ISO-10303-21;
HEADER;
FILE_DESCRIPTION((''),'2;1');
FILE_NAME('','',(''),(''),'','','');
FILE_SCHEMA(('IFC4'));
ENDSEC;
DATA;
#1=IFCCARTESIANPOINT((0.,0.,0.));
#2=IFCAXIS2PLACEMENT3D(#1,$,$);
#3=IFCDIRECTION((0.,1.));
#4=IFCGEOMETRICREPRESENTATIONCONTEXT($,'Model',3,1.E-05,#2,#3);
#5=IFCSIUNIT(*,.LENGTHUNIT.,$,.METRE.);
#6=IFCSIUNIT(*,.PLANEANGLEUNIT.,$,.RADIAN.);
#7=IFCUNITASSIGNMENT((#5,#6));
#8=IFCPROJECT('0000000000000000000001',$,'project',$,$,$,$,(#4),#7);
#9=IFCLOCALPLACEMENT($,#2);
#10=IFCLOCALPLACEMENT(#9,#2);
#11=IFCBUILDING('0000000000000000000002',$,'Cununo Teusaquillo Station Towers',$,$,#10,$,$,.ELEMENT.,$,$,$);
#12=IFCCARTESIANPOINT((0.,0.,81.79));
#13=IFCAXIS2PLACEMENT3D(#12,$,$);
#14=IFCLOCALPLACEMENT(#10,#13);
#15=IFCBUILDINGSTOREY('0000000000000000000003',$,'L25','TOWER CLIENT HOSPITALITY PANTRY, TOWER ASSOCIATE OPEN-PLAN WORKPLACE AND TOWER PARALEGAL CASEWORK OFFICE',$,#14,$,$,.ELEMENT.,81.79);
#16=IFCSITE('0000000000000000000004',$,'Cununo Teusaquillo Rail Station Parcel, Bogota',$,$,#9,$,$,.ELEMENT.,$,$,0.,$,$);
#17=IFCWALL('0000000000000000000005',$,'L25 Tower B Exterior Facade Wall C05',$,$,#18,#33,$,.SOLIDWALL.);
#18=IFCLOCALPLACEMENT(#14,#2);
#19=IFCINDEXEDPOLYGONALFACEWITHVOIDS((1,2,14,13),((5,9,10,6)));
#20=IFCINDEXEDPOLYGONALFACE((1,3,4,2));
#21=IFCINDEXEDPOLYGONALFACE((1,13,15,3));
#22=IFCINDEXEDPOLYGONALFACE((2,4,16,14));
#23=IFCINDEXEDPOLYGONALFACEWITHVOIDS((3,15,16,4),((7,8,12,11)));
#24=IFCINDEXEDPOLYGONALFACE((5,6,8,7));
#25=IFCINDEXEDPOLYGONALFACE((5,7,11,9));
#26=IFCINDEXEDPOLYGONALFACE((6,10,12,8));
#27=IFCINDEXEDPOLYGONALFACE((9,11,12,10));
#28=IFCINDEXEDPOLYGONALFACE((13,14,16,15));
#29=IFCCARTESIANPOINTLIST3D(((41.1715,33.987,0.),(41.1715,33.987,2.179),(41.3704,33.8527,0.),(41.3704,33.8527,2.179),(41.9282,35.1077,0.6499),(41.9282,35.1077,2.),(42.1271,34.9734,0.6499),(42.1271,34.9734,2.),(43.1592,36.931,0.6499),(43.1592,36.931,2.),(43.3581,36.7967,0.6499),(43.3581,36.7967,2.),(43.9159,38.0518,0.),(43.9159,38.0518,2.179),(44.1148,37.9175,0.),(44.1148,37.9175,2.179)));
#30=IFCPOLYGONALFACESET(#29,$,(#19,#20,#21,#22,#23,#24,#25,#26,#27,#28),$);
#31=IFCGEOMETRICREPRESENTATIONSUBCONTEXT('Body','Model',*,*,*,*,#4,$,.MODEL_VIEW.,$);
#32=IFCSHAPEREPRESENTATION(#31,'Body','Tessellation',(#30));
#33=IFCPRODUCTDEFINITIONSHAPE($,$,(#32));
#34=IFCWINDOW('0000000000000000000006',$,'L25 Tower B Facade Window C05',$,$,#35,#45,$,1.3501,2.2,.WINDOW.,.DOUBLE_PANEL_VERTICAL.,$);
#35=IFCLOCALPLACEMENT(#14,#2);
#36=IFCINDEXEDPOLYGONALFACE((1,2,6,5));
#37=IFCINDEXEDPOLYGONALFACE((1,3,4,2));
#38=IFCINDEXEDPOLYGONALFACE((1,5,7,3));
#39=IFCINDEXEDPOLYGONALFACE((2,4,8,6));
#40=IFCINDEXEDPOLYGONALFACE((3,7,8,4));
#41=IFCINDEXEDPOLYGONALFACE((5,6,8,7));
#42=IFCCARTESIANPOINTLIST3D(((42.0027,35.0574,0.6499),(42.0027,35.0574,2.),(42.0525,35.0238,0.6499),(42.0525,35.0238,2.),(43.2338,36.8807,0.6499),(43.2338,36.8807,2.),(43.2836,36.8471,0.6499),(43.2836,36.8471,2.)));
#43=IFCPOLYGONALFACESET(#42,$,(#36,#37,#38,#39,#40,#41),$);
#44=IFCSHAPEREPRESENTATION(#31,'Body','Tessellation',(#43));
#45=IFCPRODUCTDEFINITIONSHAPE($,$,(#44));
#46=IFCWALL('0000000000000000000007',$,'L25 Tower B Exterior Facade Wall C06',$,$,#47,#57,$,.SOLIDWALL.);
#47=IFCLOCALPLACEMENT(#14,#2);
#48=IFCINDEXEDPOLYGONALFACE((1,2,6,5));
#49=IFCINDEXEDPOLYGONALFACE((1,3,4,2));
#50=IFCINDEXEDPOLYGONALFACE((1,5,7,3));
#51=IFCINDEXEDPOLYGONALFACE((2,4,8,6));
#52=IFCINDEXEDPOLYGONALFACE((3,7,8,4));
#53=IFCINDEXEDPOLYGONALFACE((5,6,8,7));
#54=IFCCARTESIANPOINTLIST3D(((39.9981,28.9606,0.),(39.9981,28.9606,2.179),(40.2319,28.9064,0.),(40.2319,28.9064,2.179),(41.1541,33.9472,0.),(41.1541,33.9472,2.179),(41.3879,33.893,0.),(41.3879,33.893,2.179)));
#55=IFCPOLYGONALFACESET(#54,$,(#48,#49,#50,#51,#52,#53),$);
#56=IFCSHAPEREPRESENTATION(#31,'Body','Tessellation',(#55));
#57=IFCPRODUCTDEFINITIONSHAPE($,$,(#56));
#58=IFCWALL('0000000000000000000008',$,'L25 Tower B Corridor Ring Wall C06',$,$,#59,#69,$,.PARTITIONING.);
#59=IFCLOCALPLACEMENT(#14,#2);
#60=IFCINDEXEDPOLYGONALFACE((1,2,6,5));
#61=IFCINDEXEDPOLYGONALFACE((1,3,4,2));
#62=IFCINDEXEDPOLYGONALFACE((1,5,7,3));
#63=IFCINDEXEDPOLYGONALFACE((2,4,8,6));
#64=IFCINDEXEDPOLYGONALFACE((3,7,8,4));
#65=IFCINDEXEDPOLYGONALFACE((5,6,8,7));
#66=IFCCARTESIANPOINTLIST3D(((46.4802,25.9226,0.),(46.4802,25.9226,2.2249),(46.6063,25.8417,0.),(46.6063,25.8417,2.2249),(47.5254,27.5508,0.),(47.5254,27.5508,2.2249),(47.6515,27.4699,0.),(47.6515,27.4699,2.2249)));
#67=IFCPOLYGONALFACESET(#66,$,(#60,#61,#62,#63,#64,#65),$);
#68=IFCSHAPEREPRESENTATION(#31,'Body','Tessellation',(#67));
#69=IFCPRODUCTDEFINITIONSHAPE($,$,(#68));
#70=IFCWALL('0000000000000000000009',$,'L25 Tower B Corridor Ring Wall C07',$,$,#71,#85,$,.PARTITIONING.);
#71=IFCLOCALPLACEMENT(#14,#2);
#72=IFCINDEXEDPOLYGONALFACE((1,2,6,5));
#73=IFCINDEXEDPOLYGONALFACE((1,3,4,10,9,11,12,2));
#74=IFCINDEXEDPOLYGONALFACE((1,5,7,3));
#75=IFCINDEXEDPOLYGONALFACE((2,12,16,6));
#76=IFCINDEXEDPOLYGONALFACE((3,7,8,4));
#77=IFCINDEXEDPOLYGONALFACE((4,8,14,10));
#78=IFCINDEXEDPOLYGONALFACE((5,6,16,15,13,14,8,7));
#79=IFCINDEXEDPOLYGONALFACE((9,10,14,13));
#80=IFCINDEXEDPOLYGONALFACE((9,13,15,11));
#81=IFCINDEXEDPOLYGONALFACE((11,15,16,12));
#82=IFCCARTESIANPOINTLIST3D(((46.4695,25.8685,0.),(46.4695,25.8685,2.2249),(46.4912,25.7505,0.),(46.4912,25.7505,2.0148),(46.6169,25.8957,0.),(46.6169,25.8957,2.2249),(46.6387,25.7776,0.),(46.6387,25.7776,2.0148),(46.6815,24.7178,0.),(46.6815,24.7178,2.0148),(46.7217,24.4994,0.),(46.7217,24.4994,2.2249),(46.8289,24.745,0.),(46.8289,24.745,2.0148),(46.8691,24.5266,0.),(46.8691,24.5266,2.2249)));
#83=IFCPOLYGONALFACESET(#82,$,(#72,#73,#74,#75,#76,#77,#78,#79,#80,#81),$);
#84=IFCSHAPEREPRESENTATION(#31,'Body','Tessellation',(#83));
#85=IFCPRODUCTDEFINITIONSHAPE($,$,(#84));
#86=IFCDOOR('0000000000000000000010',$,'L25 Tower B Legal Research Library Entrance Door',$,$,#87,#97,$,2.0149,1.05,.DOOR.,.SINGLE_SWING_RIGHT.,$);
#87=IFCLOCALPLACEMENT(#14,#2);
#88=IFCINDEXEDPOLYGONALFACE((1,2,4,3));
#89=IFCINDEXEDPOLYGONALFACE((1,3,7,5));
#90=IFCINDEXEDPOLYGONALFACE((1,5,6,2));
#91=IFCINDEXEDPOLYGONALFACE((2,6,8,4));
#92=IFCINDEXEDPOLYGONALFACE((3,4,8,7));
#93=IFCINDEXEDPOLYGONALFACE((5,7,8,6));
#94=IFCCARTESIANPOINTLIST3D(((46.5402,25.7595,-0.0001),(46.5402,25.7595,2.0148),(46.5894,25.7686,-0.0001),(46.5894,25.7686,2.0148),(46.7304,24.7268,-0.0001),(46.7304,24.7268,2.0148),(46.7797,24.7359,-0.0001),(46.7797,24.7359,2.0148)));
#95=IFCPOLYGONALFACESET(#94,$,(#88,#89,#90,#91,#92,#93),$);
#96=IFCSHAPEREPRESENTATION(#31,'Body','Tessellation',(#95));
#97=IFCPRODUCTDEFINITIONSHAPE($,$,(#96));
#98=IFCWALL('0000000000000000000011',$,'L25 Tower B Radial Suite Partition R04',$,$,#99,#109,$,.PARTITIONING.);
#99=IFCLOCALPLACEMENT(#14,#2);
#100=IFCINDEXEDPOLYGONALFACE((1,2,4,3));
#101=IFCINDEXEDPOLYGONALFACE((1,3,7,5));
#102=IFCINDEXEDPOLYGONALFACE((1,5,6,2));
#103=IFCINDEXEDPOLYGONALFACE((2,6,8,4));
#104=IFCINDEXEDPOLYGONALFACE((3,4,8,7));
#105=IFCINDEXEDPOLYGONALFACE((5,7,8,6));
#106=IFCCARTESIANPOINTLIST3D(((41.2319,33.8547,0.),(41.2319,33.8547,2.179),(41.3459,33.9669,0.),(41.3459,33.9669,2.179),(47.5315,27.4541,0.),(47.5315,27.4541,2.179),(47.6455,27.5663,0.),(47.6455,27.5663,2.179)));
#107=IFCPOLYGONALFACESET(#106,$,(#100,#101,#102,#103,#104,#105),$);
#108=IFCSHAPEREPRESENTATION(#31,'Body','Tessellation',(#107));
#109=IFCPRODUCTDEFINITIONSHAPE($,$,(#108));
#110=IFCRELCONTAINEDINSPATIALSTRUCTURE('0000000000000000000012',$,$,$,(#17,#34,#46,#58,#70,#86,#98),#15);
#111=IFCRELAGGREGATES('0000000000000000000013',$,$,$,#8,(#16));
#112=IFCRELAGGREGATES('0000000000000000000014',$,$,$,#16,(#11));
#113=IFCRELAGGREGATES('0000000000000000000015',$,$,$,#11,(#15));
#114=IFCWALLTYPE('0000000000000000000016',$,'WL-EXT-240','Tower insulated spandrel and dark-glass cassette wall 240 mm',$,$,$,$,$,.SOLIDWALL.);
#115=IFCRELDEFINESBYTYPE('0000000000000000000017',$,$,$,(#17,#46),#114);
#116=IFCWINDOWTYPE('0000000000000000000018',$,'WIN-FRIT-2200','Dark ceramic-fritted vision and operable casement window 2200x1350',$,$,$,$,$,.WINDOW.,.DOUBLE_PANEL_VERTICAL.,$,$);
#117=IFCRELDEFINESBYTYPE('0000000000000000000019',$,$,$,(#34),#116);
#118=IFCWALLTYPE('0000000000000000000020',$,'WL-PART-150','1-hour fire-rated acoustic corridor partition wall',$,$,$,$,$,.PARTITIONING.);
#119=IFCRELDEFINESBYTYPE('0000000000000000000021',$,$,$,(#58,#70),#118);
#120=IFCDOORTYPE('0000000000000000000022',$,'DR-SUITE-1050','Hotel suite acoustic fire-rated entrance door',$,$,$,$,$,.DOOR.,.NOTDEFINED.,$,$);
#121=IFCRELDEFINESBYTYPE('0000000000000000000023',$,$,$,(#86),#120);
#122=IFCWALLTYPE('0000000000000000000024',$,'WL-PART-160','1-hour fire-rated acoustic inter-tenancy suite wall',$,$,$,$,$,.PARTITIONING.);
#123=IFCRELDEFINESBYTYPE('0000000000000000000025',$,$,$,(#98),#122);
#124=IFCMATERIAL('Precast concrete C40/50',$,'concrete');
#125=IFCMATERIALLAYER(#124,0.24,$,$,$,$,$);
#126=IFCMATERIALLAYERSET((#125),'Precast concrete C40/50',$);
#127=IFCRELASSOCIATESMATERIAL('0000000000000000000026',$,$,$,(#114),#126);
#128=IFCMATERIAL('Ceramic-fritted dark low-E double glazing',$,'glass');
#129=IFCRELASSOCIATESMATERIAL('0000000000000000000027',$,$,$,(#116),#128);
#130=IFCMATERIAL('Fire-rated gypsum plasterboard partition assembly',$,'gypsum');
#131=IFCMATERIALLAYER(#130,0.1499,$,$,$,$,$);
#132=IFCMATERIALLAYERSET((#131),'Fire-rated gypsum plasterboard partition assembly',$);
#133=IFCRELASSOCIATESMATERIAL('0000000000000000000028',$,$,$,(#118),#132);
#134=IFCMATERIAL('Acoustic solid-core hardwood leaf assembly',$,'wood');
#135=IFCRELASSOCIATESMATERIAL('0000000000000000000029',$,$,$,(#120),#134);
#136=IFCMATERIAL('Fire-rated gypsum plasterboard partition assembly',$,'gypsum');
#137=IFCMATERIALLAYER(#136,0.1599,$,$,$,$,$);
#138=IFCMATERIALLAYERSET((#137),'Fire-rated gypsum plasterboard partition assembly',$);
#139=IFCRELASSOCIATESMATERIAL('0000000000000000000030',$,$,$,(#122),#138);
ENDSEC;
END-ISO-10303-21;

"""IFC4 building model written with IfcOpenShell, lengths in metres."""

from ifc_helpers import new_model, si_unit, direction, frame, frame_2d, origin, place, context, subcontext, project, spatial, rectangle, extrude, source, transform, mapped, material, layer, layer_set, type_object, element, fill, save


model = new_model("IFC4")

# Units and contexts
model_context = context("Model", 3, precision=1e-05, world=origin(), true_north=direction((0.0, 1.0)))
body_context = subcontext(model_context, "Body", "Model", "MODEL_VIEW")
ifc_project = project(units=[si_unit("LENGTHUNIT", "METRE"), si_unit("PLANEANGLEUNIT", "RADIAN")], contexts=[model_context])

# Site, building, storey
site_placement = place(None, origin())
site = spatial("IfcSite", under=ifc_project, at=site_placement, Name="Cununo Teusaquillo Rail Station Parcel, Bogota", CompositionType="ELEMENT", RefElevation=0.0)
building_placement = place(site_placement, origin())
building = spatial("IfcBuilding", under=site, at=building_placement, Name="Cununo Teusaquillo Station Towers", CompositionType="ELEMENT")
storey_placement = place(building_placement, frame((0.0, 0.0, 81.79)))
storey = spatial("IfcBuildingStorey", under=building, at=storey_placement, Name="L25", Description="TOWER CLIENT HOSPITALITY PANTRY, TOWER ASSOCIATE OPEN-PLAN WORKPLACE AND TOWER PARALEGAL CASEWORK OFFICE", CompositionType="ELEMENT", Elevation=81.79)

# Shared definitions
ifc_material_1 = material(Name="Precast concrete C40/50", Category="concrete")
ifc_layer_1 = layer(ifc_material_1, 0.24)
ifc_layer_set_1 = layer_set([ifc_layer_1], Name="Precast concrete C40/50")
wall_type_1 = type_object("IfcWallType", Name="WL-EXT-240", Description="Tower insulated spandrel and dark-glass cassette wall 240 mm", PredefinedType="SOLIDWALL", material=ifc_layer_set_1)

# Wall, opening, window
wall_1_placement = place(storey_placement, frame((41.271, 33.9199, 0.0), z_axis=(0.0, 0.0, 1.0), x_axis=(0.559573, 0.828781, 0.0)))
wall_1 = element("IfcWall", 1, at=wall_1_placement, inside=storey, type_object=wall_type_1, Name="L25 Tower B Exterior Facade Wall C05", PredefinedType="SOLIDWALL", context=body_context, shape_type="SweptSolid", body=[
    extrude(rectangle(XDim=4.9045, YDim=0.24, at=frame_2d((2.4521, 0.0))), origin(), (0.0, 0.0, 1.0), 2.179),
])
shared_shape_1 = source(origin(), body_context, "Body", "SweptSolid", [
    extrude(rectangle(XDim=2.2, YDim=1.3501, at=frame_2d((1.1001, 0.675))), frame((0.0, 0.1299, 0.0), z_axis=(0.0, -1.0, 0.0), x_axis=(1.0, 0.0, 0.0)), (0.0, 0.0, 1.0), 0.26),
])
opening_1_placement = place(wall_1_placement, frame((1.3521, 0.0, 0.6499)))
opening_1 = element("IfcOpeningElement", 2, at=opening_1_placement, cuts=wall_1, PredefinedType="OPENING", context=body_context, shape_type="MappedRepresentation", body=[
    mapped(shared_shape_1, transform((0.0, 0.0, 0.0), x_axis=(1.0, 0.0, 0.0), y_axis=(0.0, 1.0, 0.0), z_axis=(0.0, 0.0, 1.0), scale=1.0)),
])
ifc_material_2 = material(Name="Ceramic-fritted dark low-E double glazing", Category="glass")
window_type_1 = type_object("IfcWindowType", Name="WIN-FRIT-2200", Description="Dark ceramic-fritted vision and operable casement window 2200x1350", PartitioningType="DOUBLE_PANEL_VERTICAL", PredefinedType="WINDOW", material=ifc_material_2)
shared_shape_2 = source(origin(), body_context, "Body", "SweptSolid", [
    extrude(rectangle(XDim=2.2, YDim=1.3501, at=frame_2d((1.1001, 0.675))), frame((0.0, 0.03, 0.0), z_axis=(0.0, -1.0, 0.0), x_axis=(1.0, 0.0, 0.0)), (0.0, 0.0, 1.0), 0.0601),
])
window_1_placement = place(opening_1_placement, origin())
window_1 = element("IfcWindow", 3, at=window_1_placement, inside=storey, type_object=window_type_1, Name="L25 Tower B Facade Window C05", OverallHeight=1.3501, OverallWidth=2.2, PartitioningType="DOUBLE_PANEL_VERTICAL", PredefinedType="WINDOW", context=body_context, shape_type="MappedRepresentation", body=[
    mapped(shared_shape_2, transform((0.0, 0.0, 0.0), x_axis=(1.0, 0.0, 0.0), y_axis=(0.0, 1.0, 0.0), z_axis=(0.0, 0.0, 1.0), scale=1.0)),
])
fill(opening_1, window_1)

# Walls
wall_2_placement = place(storey_placement, frame((40.115, 28.9333, 0.0), z_axis=(0.0, 0.0, 1.0), x_axis=(0.225835, 0.974166, 0.0)))
element("IfcWall", 4, at=wall_2_placement, inside=storey, type_object=wall_type_1, Name="L25 Tower B Exterior Facade Wall C06", PredefinedType="SOLIDWALL", context=body_context, shape_type="SweptSolid", body=[
    extrude(rectangle(XDim=5.1189, YDim=0.24, at=frame_2d((2.5596, 0.0))), origin(), (0.0, 0.0, 1.0), 2.179),
])
ifc_material_3 = material(Name="Fire-rated gypsum plasterboard partition assembly", Category="gypsum")
ifc_layer_2 = layer(ifc_material_3, 0.1499)
ifc_layer_set_2 = layer_set([ifc_layer_2], Name="Fire-rated gypsum plasterboard partition assembly")
wall_type_2 = type_object("IfcWallType", Name="WL-PART-150", Description="1-hour fire-rated acoustic corridor partition wall", PredefinedType="PARTITIONING", material=ifc_layer_set_2)
wall_3_placement = place(storey_placement, frame((47.5884, 27.5103, 0.0), z_axis=(0.0, 0.0, 1.0), x_axis=(-0.540203, -0.841535, 0.0)))
element("IfcWall", 5, at=wall_3_placement, inside=storey, type_object=wall_type_2, Name="L25 Tower B Corridor Ring Wall C06", PredefinedType="PARTITIONING", context=body_context, shape_type="SweptSolid", body=[
    extrude(rectangle(XDim=1.9348, YDim=0.1499, at=frame_2d((0.9673, 0.0))), origin(), (0.0, 0.0, 1.0), 2.2249),
])

# Wall, opening, door
wall_4_placement = place(storey_placement, frame((46.5432, 25.8821, 0.0), z_axis=(0.0, 0.0, 1.0), x_axis=(0.181154, -0.983455, 0.0)))
wall_4 = element("IfcWall", 6, at=wall_4_placement, inside=storey, type_object=wall_type_2, Name="L25 Tower B Corridor Ring Wall C07", PredefinedType="PARTITIONING", context=body_context, shape_type="SweptSolid", body=[
    extrude(rectangle(XDim=1.3921, YDim=0.1499, at=frame_2d((0.696, 0.0))), origin(), (0.0, 0.0, 1.0), 2.2249),
])
shared_shape_3 = source(origin(), body_context, "Body", "SweptSolid", [
    extrude(rectangle(XDim=1.05, YDim=2.0149, at=frame_2d((0.5249, 1.0073))), frame((0.0, 0.085, 0.0), z_axis=(0.0, -1.0, 0.0), x_axis=(1.0, 0.0, 0.0)), (0.0, 0.0, 1.0), 0.1699),
])
opening_2_placement = place(wall_4_placement, frame((0.1201, 0.0, 0.0)))
opening_2 = element("IfcOpeningElement", 7, at=opening_2_placement, cuts=wall_4, PredefinedType="OPENING", context=body_context, shape_type="MappedRepresentation", body=[
    mapped(shared_shape_3, transform((0.0, 0.0, 0.0), x_axis=(1.0, 0.0, 0.0), y_axis=(0.0, 1.0, 0.0), z_axis=(0.0, 0.0, 1.0), scale=1.0)),
])
ifc_material_4 = material(Name="Acoustic solid-core hardwood leaf assembly", Category="wood")
door_type = type_object("IfcDoorType", Name="DR-SUITE-1050", Description="Hotel suite acoustic fire-rated entrance door", OperationType="NOTDEFINED", PredefinedType="DOOR", material=ifc_material_4)
shared_shape_4 = source(origin(), body_context, "Body", "SweptSolid", [
    extrude(rectangle(XDim=1.05, YDim=2.0149, at=frame_2d((0.5249, 1.0073))), frame((0.0, 0.0249, 0.0), z_axis=(0.0, -1.0, 0.0), x_axis=(1.0, 0.0, 0.0)), (0.0, 0.0, 1.0), 0.05),
])
door_placement = place(opening_2_placement, origin())
door = element("IfcDoor", 8, at=door_placement, inside=storey, type_object=door_type, Name="L25 Tower B Legal Research Library Entrance Door", OperationType="SINGLE_SWING_RIGHT", OverallHeight=2.0149, OverallWidth=1.05, PredefinedType="DOOR", context=body_context, shape_type="MappedRepresentation", body=[
    mapped(shared_shape_4, transform((0.0, 0.0, 0.0), x_axis=(1.0, 0.0, 0.0), y_axis=(0.0, 1.0, 0.0), z_axis=(0.0, 0.0, 1.0), scale=1.0)),
])
fill(opening_2, door)

# Wall
ifc_material_5 = material(Name="Fire-rated gypsum plasterboard partition assembly", Category="gypsum")
ifc_layer_3 = layer(ifc_material_5, 0.1599)
ifc_layer_set_3 = layer_set([ifc_layer_3], Name="Fire-rated gypsum plasterboard partition assembly")
wall_type_3 = type_object("IfcWallType", Name="WL-PART-160", Description="1-hour fire-rated acoustic inter-tenancy suite wall", PredefinedType="PARTITIONING", material=ifc_layer_set_3)
wall_5_placement = place(storey_placement, frame((47.5884, 27.5103, 0.0), z_axis=(0.0, 0.0, 1.0), x_axis=(-0.701457, 0.712712, 0.0)))
element("IfcWall", 9, at=wall_5_placement, inside=storey, type_object=wall_type_3, Name="L25 Tower B Radial Suite Partition R04", PredefinedType="PARTITIONING", context=body_context, shape_type="SweptSolid", body=[
    extrude(rectangle(XDim=8.9807, YDim=0.1599, at=frame_2d((4.4902, 0.0))), origin(), (0.0, 0.0, 1.0), 2.179),
])

save(model, "model.ifc")
